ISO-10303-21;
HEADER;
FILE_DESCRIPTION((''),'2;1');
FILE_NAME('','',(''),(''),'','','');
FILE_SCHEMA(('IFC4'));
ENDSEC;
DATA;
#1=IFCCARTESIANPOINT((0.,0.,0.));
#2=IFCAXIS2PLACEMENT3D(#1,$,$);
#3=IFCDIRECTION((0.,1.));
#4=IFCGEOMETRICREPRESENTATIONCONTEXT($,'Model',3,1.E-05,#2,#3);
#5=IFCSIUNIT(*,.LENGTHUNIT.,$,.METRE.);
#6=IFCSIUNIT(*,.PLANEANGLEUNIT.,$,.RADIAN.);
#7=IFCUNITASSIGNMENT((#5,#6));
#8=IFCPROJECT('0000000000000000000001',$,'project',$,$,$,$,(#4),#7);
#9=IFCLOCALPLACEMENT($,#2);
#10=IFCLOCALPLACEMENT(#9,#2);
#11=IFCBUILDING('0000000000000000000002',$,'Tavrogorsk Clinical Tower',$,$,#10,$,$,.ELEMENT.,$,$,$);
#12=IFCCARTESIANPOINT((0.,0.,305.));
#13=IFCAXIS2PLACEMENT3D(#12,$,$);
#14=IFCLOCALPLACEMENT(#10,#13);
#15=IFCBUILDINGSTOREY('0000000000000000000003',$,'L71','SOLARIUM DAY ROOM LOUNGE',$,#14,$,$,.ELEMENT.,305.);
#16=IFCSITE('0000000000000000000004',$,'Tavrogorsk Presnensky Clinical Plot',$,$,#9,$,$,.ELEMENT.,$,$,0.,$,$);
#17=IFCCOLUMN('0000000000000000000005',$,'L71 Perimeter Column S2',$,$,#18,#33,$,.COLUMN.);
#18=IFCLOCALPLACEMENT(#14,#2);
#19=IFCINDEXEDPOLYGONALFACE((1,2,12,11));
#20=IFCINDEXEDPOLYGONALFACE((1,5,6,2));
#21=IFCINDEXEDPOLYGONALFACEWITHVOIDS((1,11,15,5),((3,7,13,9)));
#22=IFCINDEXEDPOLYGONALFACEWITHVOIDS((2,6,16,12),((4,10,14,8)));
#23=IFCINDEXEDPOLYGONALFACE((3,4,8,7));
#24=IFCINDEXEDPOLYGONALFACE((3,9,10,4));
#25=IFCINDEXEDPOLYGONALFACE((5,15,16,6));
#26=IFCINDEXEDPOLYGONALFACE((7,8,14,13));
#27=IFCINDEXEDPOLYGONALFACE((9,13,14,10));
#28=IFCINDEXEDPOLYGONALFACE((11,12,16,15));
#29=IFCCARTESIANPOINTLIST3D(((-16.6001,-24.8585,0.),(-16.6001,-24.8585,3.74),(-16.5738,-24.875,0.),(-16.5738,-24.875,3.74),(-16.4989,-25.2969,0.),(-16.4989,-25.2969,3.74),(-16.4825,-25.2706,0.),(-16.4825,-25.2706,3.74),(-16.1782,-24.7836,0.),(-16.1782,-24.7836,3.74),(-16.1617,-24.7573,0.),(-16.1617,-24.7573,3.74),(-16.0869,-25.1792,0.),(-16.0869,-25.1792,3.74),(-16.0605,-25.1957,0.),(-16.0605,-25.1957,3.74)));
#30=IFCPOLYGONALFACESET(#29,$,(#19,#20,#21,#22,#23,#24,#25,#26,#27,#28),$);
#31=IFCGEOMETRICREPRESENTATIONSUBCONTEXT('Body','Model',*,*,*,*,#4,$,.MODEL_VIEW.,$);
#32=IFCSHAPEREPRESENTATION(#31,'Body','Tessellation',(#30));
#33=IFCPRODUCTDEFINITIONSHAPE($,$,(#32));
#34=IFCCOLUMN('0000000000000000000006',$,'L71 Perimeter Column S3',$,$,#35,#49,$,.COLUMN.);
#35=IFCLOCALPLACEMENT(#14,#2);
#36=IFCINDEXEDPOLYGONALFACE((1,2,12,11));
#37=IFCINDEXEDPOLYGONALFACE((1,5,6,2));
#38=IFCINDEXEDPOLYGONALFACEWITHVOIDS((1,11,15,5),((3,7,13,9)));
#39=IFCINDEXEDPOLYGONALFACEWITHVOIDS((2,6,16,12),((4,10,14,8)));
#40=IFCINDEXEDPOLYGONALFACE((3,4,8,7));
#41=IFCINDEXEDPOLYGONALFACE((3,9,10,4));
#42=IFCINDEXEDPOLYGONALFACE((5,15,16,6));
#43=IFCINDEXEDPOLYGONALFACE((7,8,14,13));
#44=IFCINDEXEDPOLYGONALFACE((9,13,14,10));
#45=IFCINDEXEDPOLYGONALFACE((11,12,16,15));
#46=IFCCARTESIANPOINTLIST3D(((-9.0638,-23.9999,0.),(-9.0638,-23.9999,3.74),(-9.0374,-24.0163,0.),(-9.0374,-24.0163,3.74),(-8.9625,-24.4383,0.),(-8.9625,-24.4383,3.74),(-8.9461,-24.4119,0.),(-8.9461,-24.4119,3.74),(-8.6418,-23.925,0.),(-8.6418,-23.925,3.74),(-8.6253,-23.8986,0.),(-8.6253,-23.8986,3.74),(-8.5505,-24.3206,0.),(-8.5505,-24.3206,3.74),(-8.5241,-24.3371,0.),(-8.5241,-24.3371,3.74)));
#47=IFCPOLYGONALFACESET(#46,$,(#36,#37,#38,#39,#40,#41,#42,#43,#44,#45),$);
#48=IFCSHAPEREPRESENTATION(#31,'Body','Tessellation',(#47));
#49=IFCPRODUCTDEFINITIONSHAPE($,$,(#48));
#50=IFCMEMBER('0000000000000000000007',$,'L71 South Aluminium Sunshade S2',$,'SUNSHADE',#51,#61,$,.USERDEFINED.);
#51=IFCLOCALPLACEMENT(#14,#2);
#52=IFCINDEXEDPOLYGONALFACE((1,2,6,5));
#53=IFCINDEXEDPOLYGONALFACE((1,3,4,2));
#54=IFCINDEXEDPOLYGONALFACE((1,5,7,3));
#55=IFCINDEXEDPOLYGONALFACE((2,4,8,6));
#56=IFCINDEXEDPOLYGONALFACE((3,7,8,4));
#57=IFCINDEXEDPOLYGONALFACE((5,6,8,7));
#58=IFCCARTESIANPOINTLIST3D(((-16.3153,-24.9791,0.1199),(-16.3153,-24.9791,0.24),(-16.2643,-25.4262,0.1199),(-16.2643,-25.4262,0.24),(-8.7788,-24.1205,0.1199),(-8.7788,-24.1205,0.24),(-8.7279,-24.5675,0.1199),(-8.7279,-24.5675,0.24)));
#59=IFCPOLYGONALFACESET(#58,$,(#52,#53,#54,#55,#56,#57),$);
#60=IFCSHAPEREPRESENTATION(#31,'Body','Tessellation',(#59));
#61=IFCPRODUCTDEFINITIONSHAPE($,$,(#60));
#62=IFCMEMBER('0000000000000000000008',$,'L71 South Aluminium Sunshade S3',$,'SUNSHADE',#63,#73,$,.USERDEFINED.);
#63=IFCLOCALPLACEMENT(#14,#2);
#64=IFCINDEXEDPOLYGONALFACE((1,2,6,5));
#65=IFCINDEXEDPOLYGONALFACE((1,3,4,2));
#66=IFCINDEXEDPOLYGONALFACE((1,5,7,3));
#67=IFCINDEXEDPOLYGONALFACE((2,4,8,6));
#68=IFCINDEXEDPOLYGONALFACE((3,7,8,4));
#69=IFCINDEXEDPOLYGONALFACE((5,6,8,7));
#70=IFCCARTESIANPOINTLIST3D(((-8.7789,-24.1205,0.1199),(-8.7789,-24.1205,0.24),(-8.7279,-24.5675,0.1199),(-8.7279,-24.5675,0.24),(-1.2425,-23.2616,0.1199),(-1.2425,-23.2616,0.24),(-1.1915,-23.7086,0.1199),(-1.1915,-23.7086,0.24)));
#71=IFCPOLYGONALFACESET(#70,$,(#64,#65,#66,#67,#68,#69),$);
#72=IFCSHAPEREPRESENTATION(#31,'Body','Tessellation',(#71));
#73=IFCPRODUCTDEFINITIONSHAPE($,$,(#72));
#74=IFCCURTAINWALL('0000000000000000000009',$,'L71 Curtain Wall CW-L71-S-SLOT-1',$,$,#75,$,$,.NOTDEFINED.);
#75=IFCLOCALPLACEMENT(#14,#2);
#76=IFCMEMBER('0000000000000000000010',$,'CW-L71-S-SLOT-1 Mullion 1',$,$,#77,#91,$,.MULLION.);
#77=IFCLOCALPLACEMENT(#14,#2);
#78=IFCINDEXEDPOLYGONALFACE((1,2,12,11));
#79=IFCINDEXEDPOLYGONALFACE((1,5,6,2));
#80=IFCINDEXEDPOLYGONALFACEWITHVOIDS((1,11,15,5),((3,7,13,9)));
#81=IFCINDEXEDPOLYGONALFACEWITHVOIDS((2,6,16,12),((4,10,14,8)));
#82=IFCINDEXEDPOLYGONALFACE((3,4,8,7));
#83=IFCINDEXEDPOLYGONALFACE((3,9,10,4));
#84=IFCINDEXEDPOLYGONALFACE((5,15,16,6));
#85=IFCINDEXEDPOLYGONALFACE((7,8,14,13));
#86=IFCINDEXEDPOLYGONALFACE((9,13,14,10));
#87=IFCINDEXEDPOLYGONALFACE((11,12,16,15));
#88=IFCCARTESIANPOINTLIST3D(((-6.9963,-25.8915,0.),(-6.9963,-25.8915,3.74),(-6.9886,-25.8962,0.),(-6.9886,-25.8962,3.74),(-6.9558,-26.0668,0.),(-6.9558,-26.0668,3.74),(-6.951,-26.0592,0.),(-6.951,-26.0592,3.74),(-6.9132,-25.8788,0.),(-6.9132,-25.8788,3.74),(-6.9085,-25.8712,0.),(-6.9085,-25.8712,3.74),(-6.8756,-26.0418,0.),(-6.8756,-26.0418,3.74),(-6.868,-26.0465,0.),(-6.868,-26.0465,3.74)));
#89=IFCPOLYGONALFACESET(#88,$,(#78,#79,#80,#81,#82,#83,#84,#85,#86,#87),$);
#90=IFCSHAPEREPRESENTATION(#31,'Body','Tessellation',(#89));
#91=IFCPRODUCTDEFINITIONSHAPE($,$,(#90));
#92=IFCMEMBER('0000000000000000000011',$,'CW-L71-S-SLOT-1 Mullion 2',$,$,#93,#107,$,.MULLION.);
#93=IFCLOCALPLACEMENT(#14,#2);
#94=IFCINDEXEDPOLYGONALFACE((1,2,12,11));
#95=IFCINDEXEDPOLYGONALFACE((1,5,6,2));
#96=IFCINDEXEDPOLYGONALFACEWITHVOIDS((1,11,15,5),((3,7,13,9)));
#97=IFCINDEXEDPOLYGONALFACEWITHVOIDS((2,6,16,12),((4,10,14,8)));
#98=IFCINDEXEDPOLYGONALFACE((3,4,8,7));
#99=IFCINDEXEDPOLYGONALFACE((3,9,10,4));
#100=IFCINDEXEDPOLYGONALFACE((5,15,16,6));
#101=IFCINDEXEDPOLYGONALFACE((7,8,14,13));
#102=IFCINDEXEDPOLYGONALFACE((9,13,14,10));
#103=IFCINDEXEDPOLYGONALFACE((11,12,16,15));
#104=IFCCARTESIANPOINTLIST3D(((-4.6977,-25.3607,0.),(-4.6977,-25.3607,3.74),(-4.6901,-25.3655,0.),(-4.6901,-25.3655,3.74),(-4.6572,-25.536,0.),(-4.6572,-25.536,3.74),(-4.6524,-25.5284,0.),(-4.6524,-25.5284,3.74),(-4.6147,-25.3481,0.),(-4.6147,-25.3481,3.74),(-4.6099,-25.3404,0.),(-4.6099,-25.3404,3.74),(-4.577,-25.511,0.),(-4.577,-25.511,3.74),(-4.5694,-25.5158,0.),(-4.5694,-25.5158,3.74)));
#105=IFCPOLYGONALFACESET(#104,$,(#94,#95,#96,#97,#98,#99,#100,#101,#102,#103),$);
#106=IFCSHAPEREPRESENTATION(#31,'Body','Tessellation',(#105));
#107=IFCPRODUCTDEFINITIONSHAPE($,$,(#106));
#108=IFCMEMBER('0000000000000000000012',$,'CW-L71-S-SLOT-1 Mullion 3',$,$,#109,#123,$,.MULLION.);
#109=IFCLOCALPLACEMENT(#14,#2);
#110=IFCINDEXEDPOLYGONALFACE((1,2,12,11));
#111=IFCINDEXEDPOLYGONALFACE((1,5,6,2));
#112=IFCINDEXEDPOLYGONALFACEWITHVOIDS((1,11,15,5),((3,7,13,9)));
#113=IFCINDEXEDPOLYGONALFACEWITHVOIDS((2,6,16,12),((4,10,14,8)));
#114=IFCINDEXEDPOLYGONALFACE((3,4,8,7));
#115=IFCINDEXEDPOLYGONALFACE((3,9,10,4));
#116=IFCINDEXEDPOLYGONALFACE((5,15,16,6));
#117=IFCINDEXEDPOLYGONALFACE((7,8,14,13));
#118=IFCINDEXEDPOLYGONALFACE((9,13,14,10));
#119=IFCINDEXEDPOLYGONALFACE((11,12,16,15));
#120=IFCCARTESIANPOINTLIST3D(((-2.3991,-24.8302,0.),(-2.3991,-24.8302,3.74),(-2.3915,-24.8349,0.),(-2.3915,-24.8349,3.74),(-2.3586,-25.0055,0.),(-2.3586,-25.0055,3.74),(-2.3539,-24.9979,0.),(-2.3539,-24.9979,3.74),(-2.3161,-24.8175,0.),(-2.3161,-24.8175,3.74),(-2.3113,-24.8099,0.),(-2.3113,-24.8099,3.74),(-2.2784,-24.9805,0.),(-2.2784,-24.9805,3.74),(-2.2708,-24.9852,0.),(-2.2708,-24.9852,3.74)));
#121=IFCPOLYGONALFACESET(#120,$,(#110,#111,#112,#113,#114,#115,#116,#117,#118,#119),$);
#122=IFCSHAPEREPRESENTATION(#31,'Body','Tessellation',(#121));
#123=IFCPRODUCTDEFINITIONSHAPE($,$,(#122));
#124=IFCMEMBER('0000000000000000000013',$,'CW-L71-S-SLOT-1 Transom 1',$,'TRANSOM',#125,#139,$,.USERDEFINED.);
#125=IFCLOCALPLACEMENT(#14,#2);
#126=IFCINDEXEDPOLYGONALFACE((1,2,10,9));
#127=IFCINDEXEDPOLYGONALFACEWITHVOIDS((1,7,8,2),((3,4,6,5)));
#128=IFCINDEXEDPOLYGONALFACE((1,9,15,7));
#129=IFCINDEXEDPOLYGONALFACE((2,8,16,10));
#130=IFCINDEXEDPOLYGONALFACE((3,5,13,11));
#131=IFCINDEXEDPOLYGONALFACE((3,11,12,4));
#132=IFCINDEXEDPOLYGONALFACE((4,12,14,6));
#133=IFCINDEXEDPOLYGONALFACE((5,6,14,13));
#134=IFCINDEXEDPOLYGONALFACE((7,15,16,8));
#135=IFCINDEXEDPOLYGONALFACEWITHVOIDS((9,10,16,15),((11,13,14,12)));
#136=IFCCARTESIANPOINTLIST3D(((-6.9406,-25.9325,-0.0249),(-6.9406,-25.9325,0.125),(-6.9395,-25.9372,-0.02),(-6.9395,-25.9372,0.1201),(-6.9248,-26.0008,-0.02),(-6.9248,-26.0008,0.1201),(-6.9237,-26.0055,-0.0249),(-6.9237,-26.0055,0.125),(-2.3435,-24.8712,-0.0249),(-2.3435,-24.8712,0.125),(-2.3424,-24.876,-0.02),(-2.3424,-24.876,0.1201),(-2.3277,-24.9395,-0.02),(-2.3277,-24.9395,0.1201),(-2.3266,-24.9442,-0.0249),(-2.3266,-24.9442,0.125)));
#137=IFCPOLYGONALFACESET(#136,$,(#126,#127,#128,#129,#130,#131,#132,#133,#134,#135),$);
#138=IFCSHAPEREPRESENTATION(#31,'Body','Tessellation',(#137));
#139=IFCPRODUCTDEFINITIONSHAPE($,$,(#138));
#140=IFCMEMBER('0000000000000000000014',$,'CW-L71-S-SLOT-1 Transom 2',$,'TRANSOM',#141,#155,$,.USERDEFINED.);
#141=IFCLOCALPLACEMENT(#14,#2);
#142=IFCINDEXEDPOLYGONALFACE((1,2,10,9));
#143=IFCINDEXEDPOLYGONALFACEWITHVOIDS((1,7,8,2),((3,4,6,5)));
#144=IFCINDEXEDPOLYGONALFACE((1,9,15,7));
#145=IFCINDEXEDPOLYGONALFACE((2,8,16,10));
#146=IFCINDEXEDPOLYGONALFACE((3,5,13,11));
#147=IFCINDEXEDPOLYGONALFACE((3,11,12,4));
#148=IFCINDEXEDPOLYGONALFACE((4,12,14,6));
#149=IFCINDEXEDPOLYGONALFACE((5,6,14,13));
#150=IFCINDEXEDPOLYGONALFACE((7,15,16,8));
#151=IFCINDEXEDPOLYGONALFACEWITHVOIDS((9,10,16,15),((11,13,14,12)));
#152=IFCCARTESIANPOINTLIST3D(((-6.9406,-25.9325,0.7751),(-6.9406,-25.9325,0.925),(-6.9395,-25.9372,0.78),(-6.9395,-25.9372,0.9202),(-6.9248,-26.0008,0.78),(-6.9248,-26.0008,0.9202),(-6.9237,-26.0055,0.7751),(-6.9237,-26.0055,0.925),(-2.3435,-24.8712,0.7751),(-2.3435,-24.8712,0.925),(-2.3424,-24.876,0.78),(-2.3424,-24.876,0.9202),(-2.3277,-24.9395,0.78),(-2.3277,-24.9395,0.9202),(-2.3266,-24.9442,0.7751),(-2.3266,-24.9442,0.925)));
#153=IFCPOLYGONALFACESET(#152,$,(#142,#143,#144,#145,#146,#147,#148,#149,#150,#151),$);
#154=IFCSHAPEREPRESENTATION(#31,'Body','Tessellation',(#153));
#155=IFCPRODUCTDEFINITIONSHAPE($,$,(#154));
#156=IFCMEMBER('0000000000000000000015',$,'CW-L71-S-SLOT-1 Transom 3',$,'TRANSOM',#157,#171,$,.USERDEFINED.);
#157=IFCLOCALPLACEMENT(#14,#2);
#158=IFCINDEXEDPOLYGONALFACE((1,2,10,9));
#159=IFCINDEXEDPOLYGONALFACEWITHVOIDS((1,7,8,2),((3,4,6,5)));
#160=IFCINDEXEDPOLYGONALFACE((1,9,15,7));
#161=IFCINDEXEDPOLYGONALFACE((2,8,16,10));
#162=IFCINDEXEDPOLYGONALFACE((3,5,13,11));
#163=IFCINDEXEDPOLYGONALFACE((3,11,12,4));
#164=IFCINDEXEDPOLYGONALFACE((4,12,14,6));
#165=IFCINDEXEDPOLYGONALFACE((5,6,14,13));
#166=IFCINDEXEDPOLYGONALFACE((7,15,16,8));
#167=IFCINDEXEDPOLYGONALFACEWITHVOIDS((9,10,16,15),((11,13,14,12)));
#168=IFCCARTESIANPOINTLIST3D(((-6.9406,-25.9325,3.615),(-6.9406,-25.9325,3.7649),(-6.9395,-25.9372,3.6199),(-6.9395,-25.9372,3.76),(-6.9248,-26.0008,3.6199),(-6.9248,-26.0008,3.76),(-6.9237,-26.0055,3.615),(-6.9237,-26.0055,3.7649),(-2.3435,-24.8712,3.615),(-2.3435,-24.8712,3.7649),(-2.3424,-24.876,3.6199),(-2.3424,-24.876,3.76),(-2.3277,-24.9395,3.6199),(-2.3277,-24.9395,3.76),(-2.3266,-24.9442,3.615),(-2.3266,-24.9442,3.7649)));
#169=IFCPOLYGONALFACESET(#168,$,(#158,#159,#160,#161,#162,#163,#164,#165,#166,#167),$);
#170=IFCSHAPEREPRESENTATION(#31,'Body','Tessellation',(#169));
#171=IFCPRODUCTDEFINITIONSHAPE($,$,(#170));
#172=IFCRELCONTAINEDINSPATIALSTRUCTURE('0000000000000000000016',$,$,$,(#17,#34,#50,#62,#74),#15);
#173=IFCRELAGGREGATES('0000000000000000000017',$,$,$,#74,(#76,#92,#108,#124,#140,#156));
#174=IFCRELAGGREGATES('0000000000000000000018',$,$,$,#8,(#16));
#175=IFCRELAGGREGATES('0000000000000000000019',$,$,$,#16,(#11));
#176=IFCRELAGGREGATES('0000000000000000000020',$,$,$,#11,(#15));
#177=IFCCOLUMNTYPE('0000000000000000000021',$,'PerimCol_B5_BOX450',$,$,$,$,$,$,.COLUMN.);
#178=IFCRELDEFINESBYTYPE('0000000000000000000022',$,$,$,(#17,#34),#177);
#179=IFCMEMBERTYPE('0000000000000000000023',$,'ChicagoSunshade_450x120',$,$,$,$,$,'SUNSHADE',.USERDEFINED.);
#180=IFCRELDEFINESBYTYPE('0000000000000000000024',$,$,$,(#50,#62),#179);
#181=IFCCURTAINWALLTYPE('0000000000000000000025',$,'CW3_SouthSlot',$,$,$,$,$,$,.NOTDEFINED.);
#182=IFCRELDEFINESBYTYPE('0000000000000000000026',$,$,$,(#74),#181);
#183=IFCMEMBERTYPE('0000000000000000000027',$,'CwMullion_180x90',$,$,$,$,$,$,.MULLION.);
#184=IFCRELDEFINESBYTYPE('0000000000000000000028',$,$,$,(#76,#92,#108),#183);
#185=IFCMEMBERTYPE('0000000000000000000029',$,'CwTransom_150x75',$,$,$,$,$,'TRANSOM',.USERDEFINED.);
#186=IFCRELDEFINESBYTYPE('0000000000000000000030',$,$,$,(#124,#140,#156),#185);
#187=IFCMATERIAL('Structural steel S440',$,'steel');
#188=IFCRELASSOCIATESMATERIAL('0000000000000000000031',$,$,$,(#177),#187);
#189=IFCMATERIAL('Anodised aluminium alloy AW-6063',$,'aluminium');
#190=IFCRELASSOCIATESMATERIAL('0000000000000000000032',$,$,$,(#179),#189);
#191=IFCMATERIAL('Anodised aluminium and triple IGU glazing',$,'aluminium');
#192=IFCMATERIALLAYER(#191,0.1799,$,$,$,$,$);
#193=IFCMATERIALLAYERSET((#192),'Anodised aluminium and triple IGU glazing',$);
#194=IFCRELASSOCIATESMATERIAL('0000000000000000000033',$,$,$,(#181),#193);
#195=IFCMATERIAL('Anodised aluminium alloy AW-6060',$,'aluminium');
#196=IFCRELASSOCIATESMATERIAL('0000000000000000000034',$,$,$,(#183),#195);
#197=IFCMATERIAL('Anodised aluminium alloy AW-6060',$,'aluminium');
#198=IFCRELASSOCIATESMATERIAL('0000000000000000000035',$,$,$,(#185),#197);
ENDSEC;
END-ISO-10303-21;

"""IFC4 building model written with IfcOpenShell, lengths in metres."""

from ifc_helpers import new_model, si_unit, direction, frame, origin, origin_2d, place, context, subcontext, project, spatial, rectangle, hollow_rectangle, extrude, material, layer, layer_set, material_profile, profile_set, type_object, element, aggregate, save


model = new_model("IFC4")

# Units and contexts
model_context = context("Model", 3, precision=1e-05, world=origin(), true_north=direction((0.0, 1.0)))
body_context = subcontext(model_context, "Body", "Model", "MODEL_VIEW")
ifc_project = project(units=[si_unit("LENGTHUNIT", "METRE"), si_unit("PLANEANGLEUNIT", "RADIAN")], contexts=[model_context])

# Site, building, storey
site_placement = place(None, origin())
site = spatial("IfcSite", under=ifc_project, at=site_placement, Name="Tavrogorsk Presnensky Clinical Plot", CompositionType="ELEMENT", RefElevation=0.0)
building_placement = place(site_placement, origin())
building = spatial("IfcBuilding", under=site, at=building_placement, Name="Tavrogorsk Clinical Tower", CompositionType="ELEMENT")
storey_placement = place(building_placement, frame((0.0, 0.0, 305.0)))
storey = spatial("IfcBuildingStorey", under=building, at=storey_placement, Name="L71", Description="SOLARIUM DAY ROOM LOUNGE", CompositionType="ELEMENT", Elevation=305.0)

# Columns
ifc_material_1 = material(Name="Structural steel S440", Category="steel")
ifc_material_profile_1 = material_profile(ifc_material_1, hollow_rectangle(XDim=0.45, YDim=0.45, WallThickness=0.022, at=origin_2d()), Name="BOX-450x450x22")
ifc_profile_set_1 = profile_set([ifc_material_profile_1], Name="Structural steel S440")
column_type = type_object("IfcColumnType", Name="PerimCol_B5_BOX450", PredefinedType="COLUMN", material=ifc_profile_set_1)
for number, where, z_axis, x_axis, name in (
    (1, (-16.3303, -25.0271, 0.0), (0.0, 0.0, 1.0), (0.97437, 0.224951, 0.0), "L71 Perimeter Column S2"),
    (2, (-8.7939, -24.1685, 0.0), (0.0, 0.0, 1.0), (0.97437, 0.224951, 0.0), "L71 Perimeter Column S3"),
):
    element("IfcColumn", number, at=place(storey_placement, frame(where, z_axis=z_axis, x_axis=x_axis)), inside=storey, type_object=column_type, Name=name, PredefinedType="COLUMN", context=body_context, shape_type="SweptSolid", body=[
        extrude(hollow_rectangle(XDim=0.45, YDim=0.45, WallThickness=0.022, at=origin_2d()), origin(), (0.0, 0.0, 1.0), 3.74),
    ])

# Members
ifc_material_2 = material(Name="Anodised aluminium alloy AW-6063", Category="aluminium")
ifc_material_profile_2 = material_profile(ifc_material_2, rectangle(XDim=0.45, YDim=0.1201, at=origin_2d()), Name="ALU-SUNSHADE-450x120")
ifc_profile_set_2 = profile_set([ifc_material_profile_2], Name="Anodised aluminium alloy AW-6063")
member_type_1 = type_object("IfcMemberType", Name="ChicagoSunshade_450x120", ElementType="SUNSHADE", PredefinedType="USERDEFINED", material=ifc_profile_set_2)
for number, where, z_axis, x_axis, name in (
    (3, (-16.2898, -25.2026, 0.1799), (0.993572, 0.113201, 0.0), (-0.113201, 0.993572, 0.0), "L71 South Aluminium Sunshade S2"),
    (4, (-8.7534, -24.344, 0.1799), (0.993569, 0.113233, 0.0), (-0.113233, 0.993569, 0.0), "L71 South Aluminium Sunshade S3"),
):
    element("IfcMember", number, at=place(storey_placement, frame(where, z_axis=z_axis, x_axis=x_axis)), inside=storey, type_object=member_type_1, Name=name, ObjectType="SUNSHADE", PredefinedType="USERDEFINED", context=body_context, shape_type="SweptSolid", body=[
        extrude(rectangle(XDim=0.45, YDim=0.1201, at=origin_2d()), origin(), (0.0, 0.0, 1.0), 7.5852),
    ])

# Curtain wall, members
ifc_material_3 = material(Name="Anodised aluminium and triple IGU glazing", Category="aluminium")
ifc_layer_1 = layer(ifc_material_3, 0.1799)
ifc_layer_set_1 = layer_set([ifc_layer_1], Name="Anodised aluminium and triple IGU glazing")
curtain_wall_type = type_object("IfcCurtainWallType", Name="CW3_SouthSlot", PredefinedType="NOTDEFINED", material=ifc_layer_set_1)
curtain_wall_placement = place(storey_placement, origin())
curtain_wall = element("IfcCurtainWall", 5, at=curtain_wall_placement, inside=storey, type_object=curtain_wall_type, Name="L71 Curtain Wall CW-L71-S-SLOT-1", PredefinedType="NOTDEFINED")
ifc_material_4 = material(Name="Anodised aluminium alloy AW-6060", Category="aluminium")
ifc_material_profile_3 = material_profile(ifc_material_4, hollow_rectangle(XDim=0.0901, YDim=0.1799, WallThickness=0.0063, at=origin_2d()), Name="RHS-180x90x6.3")
ifc_profile_set_3 = profile_set([ifc_material_profile_3], Name="Anodised aluminium alloy AW-6060")
member_type_2 = type_object("IfcMemberType", Name="CwMullion_180x90", PredefinedType="MULLION", material=ifc_profile_set_3)
member_1_placement = place(storey_placement, frame((-6.9321, -25.969, 0.0), z_axis=(0.0, 0.0, 1.0), x_axis=(0.97437, 0.224951, 0.0)))
member_1 = element("IfcMember", 6, at=member_1_placement, type_object=member_type_2, Name="CW-L71-S-SLOT-1 Mullion 1", PredefinedType="MULLION", context=body_context, shape_type="SweptSolid", body=[
    extrude(hollow_rectangle(XDim=0.0901, YDim=0.1799, WallThickness=0.0063, at=origin_2d()), origin(), (0.0, 0.0, 1.0), 3.74),
])
member_2_placement = place(storey_placement, frame((-4.6335, -25.4382, 0.0), z_axis=(0.0, 0.0, 1.0), x_axis=(0.97437, 0.224951, 0.0)))
member_2 = element("IfcMember", 7, at=member_2_placement, type_object=member_type_2, Name="CW-L71-S-SLOT-1 Mullion 2", PredefinedType="MULLION", context=body_context, shape_type="SweptSolid", body=[
    extrude(hollow_rectangle(XDim=0.0901, YDim=0.1799, WallThickness=0.0063, at=origin_2d()), origin(), (0.0, 0.0, 1.0), 3.74),
])
member_3_placement = place(storey_placement, frame((-2.335, -24.9077, 0.0), z_axis=(0.0, 0.0, 1.0), x_axis=(0.97437, 0.224951, 0.0)))
member_3 = element("IfcMember", 8, at=member_3_placement, type_object=member_type_2, Name="CW-L71-S-SLOT-1 Mullion 3", PredefinedType="MULLION", context=body_context, shape_type="SweptSolid", body=[
    extrude(hollow_rectangle(XDim=0.0901, YDim=0.1799, WallThickness=0.0063, at=origin_2d()), origin(), (0.0, 0.0, 1.0), 3.74),
])
ifc_material_5 = material(Name="Anodised aluminium alloy AW-6060", Category="aluminium")
ifc_material_profile_4 = material_profile(ifc_material_5, hollow_rectangle(XDim=0.075, YDim=0.1499, WallThickness=0.0049, at=origin_2d()), Name="RHS-150x75x5")
ifc_profile_set_4 = profile_set([ifc_material_profile_4], Name="Anodised aluminium alloy AW-6060")
member_type_3 = type_object("IfcMemberType", Name="CwTransom_150x75", ElementType="TRANSOM", PredefinedType="USERDEFINED", material=ifc_profile_set_4)
member_4_placement = place(storey_placement, frame((-6.9321, -25.969, 0.05), z_axis=(0.974373, 0.224939, 0.0), x_axis=(-0.224939, 0.974373, 0.0)))
member_4 = element("IfcMember", 9, at=member_4_placement, type_object=member_type_3, Name="CW-L71-S-SLOT-1 Transom 1", ObjectType="TRANSOM", PredefinedType="USERDEFINED", context=body_context, shape_type="SweptSolid", body=[
    extrude(hollow_rectangle(XDim=0.075, YDim=0.1499, WallThickness=0.0049, at=origin_2d()), origin(), (0.0, 0.0, 1.0), 4.718),
])
member_5_placement = place(storey_placement, frame((-6.9321, -25.969, 0.8501), z_axis=(0.974373, 0.224939, 0.0), x_axis=(-0.224939, 0.974373, 0.0)))
member_5 = element("IfcMember", 10, at=member_5_placement, type_object=member_type_3, Name="CW-L71-S-SLOT-1 Transom 2", ObjectType="TRANSOM", PredefinedType="USERDEFINED", context=body_context, shape_type="SweptSolid", body=[
    extrude(hollow_rectangle(XDim=0.075, YDim=0.1499, WallThickness=0.0049, at=origin_2d()), origin(), (0.0, 0.0, 1.0), 4.718),
])
member_6_placement = place(storey_placement, frame((-6.9321, -25.969, 3.6899), z_axis=(0.974373, 0.224939, 0.0), x_axis=(-0.224939, 0.974373, 0.0)))
member_6 = element("IfcMember", 11, at=member_6_placement, type_object=member_type_3, Name="CW-L71-S-SLOT-1 Transom 3", ObjectType="TRANSOM", PredefinedType="USERDEFINED", context=body_context, shape_type="SweptSolid", body=[
    extrude(hollow_rectangle(XDim=0.075, YDim=0.1499, WallThickness=0.0049, at=origin_2d()), origin(), (0.0, 0.0, 1.0), 4.718),
])

aggregate(curtain_wall, [member_1, member_2, member_3, member_4, member_5, member_6])

save(model, "model.ifc")
